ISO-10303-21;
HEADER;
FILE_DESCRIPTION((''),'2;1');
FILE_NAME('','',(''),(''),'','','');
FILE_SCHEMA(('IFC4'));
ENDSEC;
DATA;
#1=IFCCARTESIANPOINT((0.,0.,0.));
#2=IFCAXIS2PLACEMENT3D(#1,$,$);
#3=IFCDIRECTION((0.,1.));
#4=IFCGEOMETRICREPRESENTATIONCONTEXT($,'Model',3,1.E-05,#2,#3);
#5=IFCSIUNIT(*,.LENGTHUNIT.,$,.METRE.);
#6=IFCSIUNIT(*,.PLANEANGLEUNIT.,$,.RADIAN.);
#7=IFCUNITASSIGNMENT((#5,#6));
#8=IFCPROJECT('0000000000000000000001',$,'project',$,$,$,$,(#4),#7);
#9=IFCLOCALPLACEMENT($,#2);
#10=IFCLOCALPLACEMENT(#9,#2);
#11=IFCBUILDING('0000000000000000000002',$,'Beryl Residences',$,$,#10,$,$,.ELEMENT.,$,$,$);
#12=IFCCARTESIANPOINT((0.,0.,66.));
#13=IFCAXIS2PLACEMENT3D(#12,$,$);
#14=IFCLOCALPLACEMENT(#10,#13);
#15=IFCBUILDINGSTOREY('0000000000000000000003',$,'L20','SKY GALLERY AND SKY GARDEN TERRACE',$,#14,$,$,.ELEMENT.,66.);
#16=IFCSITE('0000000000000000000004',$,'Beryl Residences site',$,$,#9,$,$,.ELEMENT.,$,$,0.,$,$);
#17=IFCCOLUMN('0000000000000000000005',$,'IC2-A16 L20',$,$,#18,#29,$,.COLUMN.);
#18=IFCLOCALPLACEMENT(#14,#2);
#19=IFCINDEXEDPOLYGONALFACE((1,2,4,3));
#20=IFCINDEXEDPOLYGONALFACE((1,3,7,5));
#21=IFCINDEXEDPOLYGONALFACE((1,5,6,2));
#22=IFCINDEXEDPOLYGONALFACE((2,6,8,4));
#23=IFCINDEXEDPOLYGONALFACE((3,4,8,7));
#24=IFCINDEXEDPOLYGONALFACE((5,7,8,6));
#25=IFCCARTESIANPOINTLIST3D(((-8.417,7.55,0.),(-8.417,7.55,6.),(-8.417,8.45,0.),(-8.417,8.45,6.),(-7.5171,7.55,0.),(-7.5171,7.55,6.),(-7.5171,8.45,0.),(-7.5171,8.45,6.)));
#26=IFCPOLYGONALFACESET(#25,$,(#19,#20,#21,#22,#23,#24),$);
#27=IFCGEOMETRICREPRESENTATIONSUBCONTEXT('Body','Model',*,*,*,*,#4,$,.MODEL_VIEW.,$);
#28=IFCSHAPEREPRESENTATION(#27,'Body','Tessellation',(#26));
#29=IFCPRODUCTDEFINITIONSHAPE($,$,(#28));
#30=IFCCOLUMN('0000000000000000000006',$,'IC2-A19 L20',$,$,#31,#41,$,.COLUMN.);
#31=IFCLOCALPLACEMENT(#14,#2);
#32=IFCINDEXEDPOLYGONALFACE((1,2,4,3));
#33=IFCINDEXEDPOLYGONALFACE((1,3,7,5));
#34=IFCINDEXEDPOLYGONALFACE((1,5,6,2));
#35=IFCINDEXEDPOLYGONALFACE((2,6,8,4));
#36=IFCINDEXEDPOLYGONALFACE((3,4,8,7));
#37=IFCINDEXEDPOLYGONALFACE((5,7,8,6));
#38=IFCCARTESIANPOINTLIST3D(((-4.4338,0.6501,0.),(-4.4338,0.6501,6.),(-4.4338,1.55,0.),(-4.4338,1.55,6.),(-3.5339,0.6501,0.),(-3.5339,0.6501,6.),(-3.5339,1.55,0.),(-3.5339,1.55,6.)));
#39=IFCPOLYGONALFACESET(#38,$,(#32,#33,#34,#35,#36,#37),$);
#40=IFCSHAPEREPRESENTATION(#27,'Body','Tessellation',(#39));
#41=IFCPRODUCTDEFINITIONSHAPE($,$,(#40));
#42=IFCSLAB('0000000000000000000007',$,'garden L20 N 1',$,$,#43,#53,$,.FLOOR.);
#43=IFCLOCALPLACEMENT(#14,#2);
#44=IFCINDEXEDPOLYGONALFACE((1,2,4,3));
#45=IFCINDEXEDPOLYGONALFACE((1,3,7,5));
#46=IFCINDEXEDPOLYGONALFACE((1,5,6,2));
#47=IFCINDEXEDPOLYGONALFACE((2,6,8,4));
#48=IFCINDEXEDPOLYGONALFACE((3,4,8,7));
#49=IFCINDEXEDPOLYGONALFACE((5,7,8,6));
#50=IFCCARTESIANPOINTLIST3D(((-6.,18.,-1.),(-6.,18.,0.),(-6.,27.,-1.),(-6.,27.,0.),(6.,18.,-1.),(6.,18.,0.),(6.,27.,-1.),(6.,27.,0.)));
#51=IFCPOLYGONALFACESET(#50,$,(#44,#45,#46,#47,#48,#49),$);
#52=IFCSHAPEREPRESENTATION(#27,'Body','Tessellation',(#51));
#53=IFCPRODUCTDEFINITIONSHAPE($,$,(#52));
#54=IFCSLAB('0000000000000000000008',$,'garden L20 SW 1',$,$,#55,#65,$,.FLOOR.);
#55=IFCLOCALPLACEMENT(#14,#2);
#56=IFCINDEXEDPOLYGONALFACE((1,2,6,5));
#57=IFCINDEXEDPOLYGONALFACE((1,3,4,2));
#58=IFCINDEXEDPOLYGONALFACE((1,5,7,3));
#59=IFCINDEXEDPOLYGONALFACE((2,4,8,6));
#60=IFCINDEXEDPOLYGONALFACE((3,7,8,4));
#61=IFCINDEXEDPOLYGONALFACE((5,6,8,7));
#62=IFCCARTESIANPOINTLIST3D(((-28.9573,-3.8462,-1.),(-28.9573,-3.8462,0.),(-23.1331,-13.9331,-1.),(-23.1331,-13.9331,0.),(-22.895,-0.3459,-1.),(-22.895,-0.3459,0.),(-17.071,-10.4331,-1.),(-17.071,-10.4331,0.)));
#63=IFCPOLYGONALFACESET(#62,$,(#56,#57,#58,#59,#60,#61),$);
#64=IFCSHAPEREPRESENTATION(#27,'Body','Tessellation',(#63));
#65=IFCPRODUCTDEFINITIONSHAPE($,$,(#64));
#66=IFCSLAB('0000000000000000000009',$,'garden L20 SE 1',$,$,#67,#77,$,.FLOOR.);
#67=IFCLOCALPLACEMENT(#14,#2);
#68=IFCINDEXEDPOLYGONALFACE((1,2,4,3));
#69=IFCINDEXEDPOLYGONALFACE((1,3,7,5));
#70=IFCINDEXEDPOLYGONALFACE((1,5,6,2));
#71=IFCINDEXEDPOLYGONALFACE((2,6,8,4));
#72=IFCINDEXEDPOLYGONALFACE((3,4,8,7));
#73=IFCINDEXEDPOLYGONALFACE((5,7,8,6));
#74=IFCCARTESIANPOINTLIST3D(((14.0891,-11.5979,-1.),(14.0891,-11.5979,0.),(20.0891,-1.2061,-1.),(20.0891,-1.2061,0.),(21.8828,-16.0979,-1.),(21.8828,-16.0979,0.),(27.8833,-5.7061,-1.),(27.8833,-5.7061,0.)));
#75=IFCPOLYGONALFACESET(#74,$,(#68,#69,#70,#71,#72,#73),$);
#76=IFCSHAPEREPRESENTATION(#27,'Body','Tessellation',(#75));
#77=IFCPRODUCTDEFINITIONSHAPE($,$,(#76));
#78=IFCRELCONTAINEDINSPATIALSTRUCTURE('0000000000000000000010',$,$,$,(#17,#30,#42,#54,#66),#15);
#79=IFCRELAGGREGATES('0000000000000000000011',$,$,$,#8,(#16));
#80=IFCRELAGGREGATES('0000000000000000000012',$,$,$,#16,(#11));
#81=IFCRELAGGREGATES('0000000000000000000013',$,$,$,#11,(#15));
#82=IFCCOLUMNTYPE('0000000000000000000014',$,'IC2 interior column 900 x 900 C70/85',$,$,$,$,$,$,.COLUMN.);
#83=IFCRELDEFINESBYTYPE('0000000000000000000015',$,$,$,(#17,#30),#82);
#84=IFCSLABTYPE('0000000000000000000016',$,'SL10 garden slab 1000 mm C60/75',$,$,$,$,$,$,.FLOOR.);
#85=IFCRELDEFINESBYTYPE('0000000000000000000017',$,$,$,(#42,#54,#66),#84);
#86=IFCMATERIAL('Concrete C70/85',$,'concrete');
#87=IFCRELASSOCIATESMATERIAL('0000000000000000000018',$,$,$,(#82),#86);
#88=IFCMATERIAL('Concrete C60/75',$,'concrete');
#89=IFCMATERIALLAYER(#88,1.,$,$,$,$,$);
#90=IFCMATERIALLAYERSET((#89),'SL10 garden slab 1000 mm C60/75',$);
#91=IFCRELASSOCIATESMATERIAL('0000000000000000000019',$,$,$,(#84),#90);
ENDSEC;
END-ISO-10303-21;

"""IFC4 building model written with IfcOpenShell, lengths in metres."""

from ifc_helpers import new_model, si_unit, direction, frame, origin, origin_2d, place, context, subcontext, project, spatial, polyline, rectangle, outline, extrude, material, layer, layer_set, material_profile, profile_set, type_object, element, save


model = new_model("IFC4")

# Units and contexts
model_context = context("Model", 3, precision=1e-05, world=origin(), true_north=direction((0.0, 1.0)))
body_context = subcontext(model_context, "Body", "Model", "MODEL_VIEW")
ifc_project = project(units=[si_unit("LENGTHUNIT", "METRE"), si_unit("PLANEANGLEUNIT", "RADIAN")], contexts=[model_context])

# Site, building, storey
site_placement = place(None, origin())
site = spatial("IfcSite", under=ifc_project, at=site_placement, Name="Beryl Residences site", CompositionType="ELEMENT", RefElevation=0.0)
building_placement = place(site_placement, origin())
building = spatial("IfcBuilding", under=site, at=building_placement, Name="Beryl Residences", CompositionType="ELEMENT")
storey_placement = place(building_placement, frame((0.0, 0.0, 66.0)))
storey = spatial("IfcBuildingStorey", under=building, at=storey_placement, Name="L20", Description="SKY GALLERY AND SKY GARDEN TERRACE", CompositionType="ELEMENT", Elevation=66.0)

# Columns
ifc_material_1 = material(Name="Concrete C70/85", Category="concrete")
ifc_material_profile = material_profile(ifc_material_1, rectangle(XDim=0.8999, YDim=0.8999, at=origin_2d()))
ifc_profile_set = profile_set([ifc_material_profile], Name="Concrete C70/85")
column_type = type_object("IfcColumnType", Name="IC2 interior column 900 x 900 C70/85", PredefinedType="COLUMN", material=ifc_profile_set)
for number, where, z_axis, x_axis, name in (
    (1, (-7.967, 8.0, 0.0), (0.0, 0.0, 1.0), (1.0, 0.0, 0.0), "IC2-A16 L20"),
    (2, (-3.9839, 1.1001, 0.0), (0.0, 0.0, 1.0), (1.0, 0.0, 0.0), "IC2-A19 L20"),
):
    element("IfcColumn", number, at=place(storey_placement, frame(where, z_axis=z_axis, x_axis=x_axis)), inside=storey, type_object=column_type, Name=name, PredefinedType="COLUMN", context=body_context, shape_type="SweptSolid", body=[
        extrude(rectangle(XDim=0.8999, YDim=0.8999, at=origin_2d()), origin(), (0.0, 0.0, 1.0), 6.0),
    ])

# Slabs
ifc_material_2 = material(Name="Concrete C60/75", Category="concrete")
ifc_layer_1 = layer(ifc_material_2, 1.0)
ifc_layer_set_1 = layer_set([ifc_layer_1], Name="SL10 garden slab 1000 mm C60/75")
slab_type_1 = type_object("IfcSlabType", Name="SL10 garden slab 1000 mm C60/75", PredefinedType="FLOOR", material=ifc_layer_set_1)
slab_1_placement = place(storey_placement, frame((0.0, 0.0, -1.0)))
element("IfcSlab", 3, at=slab_1_placement, inside=storey, type_object=slab_type_1, Name="garden L20 N 1", PredefinedType="FLOOR", context=body_context, shape_type="SweptSolid", body=[
    extrude(outline(polyline([(-6.0, 27.0), (6.0, 27.0), (6.0, 18.0), (-6.0, 18.0), (-6.0, 27.0)])), origin(), (0.0, 0.0, 1.0), 1.0),
])
slab_2_placement = place(storey_placement, frame((0.0, 0.0, -1.0)))
element("IfcSlab", 4, at=slab_2_placement, inside=storey, type_object=slab_type_1, Name="garden L20 SW 1", PredefinedType="FLOOR", context=body_context, shape_type="SweptSolid", body=[
    extrude(outline(polyline([(-23.1331, -13.9331), (-28.9573, -3.8462), (-22.895, -0.3459), (-17.071, -10.4331), (-23.1331, -13.9331)])), origin(), (0.0, 0.0, 1.0), 1.0),
])
slab_3_placement = place(storey_placement, frame((0.0, 0.0, -1.0)))
element("IfcSlab", 5, at=slab_3_placement, inside=storey, type_object=slab_type_1, Name="garden L20 SE 1", PredefinedType="FLOOR", context=body_context, shape_type="SweptSolid", body=[
    extrude(outline(polyline([(27.8833, -5.7061), (21.8828, -16.0979), (14.0891, -11.5979), (20.0891, -1.2061), (27.8833, -5.7061)])), origin(), (0.0, 0.0, 1.0), 1.0),
])

save(model, "model.ifc")
